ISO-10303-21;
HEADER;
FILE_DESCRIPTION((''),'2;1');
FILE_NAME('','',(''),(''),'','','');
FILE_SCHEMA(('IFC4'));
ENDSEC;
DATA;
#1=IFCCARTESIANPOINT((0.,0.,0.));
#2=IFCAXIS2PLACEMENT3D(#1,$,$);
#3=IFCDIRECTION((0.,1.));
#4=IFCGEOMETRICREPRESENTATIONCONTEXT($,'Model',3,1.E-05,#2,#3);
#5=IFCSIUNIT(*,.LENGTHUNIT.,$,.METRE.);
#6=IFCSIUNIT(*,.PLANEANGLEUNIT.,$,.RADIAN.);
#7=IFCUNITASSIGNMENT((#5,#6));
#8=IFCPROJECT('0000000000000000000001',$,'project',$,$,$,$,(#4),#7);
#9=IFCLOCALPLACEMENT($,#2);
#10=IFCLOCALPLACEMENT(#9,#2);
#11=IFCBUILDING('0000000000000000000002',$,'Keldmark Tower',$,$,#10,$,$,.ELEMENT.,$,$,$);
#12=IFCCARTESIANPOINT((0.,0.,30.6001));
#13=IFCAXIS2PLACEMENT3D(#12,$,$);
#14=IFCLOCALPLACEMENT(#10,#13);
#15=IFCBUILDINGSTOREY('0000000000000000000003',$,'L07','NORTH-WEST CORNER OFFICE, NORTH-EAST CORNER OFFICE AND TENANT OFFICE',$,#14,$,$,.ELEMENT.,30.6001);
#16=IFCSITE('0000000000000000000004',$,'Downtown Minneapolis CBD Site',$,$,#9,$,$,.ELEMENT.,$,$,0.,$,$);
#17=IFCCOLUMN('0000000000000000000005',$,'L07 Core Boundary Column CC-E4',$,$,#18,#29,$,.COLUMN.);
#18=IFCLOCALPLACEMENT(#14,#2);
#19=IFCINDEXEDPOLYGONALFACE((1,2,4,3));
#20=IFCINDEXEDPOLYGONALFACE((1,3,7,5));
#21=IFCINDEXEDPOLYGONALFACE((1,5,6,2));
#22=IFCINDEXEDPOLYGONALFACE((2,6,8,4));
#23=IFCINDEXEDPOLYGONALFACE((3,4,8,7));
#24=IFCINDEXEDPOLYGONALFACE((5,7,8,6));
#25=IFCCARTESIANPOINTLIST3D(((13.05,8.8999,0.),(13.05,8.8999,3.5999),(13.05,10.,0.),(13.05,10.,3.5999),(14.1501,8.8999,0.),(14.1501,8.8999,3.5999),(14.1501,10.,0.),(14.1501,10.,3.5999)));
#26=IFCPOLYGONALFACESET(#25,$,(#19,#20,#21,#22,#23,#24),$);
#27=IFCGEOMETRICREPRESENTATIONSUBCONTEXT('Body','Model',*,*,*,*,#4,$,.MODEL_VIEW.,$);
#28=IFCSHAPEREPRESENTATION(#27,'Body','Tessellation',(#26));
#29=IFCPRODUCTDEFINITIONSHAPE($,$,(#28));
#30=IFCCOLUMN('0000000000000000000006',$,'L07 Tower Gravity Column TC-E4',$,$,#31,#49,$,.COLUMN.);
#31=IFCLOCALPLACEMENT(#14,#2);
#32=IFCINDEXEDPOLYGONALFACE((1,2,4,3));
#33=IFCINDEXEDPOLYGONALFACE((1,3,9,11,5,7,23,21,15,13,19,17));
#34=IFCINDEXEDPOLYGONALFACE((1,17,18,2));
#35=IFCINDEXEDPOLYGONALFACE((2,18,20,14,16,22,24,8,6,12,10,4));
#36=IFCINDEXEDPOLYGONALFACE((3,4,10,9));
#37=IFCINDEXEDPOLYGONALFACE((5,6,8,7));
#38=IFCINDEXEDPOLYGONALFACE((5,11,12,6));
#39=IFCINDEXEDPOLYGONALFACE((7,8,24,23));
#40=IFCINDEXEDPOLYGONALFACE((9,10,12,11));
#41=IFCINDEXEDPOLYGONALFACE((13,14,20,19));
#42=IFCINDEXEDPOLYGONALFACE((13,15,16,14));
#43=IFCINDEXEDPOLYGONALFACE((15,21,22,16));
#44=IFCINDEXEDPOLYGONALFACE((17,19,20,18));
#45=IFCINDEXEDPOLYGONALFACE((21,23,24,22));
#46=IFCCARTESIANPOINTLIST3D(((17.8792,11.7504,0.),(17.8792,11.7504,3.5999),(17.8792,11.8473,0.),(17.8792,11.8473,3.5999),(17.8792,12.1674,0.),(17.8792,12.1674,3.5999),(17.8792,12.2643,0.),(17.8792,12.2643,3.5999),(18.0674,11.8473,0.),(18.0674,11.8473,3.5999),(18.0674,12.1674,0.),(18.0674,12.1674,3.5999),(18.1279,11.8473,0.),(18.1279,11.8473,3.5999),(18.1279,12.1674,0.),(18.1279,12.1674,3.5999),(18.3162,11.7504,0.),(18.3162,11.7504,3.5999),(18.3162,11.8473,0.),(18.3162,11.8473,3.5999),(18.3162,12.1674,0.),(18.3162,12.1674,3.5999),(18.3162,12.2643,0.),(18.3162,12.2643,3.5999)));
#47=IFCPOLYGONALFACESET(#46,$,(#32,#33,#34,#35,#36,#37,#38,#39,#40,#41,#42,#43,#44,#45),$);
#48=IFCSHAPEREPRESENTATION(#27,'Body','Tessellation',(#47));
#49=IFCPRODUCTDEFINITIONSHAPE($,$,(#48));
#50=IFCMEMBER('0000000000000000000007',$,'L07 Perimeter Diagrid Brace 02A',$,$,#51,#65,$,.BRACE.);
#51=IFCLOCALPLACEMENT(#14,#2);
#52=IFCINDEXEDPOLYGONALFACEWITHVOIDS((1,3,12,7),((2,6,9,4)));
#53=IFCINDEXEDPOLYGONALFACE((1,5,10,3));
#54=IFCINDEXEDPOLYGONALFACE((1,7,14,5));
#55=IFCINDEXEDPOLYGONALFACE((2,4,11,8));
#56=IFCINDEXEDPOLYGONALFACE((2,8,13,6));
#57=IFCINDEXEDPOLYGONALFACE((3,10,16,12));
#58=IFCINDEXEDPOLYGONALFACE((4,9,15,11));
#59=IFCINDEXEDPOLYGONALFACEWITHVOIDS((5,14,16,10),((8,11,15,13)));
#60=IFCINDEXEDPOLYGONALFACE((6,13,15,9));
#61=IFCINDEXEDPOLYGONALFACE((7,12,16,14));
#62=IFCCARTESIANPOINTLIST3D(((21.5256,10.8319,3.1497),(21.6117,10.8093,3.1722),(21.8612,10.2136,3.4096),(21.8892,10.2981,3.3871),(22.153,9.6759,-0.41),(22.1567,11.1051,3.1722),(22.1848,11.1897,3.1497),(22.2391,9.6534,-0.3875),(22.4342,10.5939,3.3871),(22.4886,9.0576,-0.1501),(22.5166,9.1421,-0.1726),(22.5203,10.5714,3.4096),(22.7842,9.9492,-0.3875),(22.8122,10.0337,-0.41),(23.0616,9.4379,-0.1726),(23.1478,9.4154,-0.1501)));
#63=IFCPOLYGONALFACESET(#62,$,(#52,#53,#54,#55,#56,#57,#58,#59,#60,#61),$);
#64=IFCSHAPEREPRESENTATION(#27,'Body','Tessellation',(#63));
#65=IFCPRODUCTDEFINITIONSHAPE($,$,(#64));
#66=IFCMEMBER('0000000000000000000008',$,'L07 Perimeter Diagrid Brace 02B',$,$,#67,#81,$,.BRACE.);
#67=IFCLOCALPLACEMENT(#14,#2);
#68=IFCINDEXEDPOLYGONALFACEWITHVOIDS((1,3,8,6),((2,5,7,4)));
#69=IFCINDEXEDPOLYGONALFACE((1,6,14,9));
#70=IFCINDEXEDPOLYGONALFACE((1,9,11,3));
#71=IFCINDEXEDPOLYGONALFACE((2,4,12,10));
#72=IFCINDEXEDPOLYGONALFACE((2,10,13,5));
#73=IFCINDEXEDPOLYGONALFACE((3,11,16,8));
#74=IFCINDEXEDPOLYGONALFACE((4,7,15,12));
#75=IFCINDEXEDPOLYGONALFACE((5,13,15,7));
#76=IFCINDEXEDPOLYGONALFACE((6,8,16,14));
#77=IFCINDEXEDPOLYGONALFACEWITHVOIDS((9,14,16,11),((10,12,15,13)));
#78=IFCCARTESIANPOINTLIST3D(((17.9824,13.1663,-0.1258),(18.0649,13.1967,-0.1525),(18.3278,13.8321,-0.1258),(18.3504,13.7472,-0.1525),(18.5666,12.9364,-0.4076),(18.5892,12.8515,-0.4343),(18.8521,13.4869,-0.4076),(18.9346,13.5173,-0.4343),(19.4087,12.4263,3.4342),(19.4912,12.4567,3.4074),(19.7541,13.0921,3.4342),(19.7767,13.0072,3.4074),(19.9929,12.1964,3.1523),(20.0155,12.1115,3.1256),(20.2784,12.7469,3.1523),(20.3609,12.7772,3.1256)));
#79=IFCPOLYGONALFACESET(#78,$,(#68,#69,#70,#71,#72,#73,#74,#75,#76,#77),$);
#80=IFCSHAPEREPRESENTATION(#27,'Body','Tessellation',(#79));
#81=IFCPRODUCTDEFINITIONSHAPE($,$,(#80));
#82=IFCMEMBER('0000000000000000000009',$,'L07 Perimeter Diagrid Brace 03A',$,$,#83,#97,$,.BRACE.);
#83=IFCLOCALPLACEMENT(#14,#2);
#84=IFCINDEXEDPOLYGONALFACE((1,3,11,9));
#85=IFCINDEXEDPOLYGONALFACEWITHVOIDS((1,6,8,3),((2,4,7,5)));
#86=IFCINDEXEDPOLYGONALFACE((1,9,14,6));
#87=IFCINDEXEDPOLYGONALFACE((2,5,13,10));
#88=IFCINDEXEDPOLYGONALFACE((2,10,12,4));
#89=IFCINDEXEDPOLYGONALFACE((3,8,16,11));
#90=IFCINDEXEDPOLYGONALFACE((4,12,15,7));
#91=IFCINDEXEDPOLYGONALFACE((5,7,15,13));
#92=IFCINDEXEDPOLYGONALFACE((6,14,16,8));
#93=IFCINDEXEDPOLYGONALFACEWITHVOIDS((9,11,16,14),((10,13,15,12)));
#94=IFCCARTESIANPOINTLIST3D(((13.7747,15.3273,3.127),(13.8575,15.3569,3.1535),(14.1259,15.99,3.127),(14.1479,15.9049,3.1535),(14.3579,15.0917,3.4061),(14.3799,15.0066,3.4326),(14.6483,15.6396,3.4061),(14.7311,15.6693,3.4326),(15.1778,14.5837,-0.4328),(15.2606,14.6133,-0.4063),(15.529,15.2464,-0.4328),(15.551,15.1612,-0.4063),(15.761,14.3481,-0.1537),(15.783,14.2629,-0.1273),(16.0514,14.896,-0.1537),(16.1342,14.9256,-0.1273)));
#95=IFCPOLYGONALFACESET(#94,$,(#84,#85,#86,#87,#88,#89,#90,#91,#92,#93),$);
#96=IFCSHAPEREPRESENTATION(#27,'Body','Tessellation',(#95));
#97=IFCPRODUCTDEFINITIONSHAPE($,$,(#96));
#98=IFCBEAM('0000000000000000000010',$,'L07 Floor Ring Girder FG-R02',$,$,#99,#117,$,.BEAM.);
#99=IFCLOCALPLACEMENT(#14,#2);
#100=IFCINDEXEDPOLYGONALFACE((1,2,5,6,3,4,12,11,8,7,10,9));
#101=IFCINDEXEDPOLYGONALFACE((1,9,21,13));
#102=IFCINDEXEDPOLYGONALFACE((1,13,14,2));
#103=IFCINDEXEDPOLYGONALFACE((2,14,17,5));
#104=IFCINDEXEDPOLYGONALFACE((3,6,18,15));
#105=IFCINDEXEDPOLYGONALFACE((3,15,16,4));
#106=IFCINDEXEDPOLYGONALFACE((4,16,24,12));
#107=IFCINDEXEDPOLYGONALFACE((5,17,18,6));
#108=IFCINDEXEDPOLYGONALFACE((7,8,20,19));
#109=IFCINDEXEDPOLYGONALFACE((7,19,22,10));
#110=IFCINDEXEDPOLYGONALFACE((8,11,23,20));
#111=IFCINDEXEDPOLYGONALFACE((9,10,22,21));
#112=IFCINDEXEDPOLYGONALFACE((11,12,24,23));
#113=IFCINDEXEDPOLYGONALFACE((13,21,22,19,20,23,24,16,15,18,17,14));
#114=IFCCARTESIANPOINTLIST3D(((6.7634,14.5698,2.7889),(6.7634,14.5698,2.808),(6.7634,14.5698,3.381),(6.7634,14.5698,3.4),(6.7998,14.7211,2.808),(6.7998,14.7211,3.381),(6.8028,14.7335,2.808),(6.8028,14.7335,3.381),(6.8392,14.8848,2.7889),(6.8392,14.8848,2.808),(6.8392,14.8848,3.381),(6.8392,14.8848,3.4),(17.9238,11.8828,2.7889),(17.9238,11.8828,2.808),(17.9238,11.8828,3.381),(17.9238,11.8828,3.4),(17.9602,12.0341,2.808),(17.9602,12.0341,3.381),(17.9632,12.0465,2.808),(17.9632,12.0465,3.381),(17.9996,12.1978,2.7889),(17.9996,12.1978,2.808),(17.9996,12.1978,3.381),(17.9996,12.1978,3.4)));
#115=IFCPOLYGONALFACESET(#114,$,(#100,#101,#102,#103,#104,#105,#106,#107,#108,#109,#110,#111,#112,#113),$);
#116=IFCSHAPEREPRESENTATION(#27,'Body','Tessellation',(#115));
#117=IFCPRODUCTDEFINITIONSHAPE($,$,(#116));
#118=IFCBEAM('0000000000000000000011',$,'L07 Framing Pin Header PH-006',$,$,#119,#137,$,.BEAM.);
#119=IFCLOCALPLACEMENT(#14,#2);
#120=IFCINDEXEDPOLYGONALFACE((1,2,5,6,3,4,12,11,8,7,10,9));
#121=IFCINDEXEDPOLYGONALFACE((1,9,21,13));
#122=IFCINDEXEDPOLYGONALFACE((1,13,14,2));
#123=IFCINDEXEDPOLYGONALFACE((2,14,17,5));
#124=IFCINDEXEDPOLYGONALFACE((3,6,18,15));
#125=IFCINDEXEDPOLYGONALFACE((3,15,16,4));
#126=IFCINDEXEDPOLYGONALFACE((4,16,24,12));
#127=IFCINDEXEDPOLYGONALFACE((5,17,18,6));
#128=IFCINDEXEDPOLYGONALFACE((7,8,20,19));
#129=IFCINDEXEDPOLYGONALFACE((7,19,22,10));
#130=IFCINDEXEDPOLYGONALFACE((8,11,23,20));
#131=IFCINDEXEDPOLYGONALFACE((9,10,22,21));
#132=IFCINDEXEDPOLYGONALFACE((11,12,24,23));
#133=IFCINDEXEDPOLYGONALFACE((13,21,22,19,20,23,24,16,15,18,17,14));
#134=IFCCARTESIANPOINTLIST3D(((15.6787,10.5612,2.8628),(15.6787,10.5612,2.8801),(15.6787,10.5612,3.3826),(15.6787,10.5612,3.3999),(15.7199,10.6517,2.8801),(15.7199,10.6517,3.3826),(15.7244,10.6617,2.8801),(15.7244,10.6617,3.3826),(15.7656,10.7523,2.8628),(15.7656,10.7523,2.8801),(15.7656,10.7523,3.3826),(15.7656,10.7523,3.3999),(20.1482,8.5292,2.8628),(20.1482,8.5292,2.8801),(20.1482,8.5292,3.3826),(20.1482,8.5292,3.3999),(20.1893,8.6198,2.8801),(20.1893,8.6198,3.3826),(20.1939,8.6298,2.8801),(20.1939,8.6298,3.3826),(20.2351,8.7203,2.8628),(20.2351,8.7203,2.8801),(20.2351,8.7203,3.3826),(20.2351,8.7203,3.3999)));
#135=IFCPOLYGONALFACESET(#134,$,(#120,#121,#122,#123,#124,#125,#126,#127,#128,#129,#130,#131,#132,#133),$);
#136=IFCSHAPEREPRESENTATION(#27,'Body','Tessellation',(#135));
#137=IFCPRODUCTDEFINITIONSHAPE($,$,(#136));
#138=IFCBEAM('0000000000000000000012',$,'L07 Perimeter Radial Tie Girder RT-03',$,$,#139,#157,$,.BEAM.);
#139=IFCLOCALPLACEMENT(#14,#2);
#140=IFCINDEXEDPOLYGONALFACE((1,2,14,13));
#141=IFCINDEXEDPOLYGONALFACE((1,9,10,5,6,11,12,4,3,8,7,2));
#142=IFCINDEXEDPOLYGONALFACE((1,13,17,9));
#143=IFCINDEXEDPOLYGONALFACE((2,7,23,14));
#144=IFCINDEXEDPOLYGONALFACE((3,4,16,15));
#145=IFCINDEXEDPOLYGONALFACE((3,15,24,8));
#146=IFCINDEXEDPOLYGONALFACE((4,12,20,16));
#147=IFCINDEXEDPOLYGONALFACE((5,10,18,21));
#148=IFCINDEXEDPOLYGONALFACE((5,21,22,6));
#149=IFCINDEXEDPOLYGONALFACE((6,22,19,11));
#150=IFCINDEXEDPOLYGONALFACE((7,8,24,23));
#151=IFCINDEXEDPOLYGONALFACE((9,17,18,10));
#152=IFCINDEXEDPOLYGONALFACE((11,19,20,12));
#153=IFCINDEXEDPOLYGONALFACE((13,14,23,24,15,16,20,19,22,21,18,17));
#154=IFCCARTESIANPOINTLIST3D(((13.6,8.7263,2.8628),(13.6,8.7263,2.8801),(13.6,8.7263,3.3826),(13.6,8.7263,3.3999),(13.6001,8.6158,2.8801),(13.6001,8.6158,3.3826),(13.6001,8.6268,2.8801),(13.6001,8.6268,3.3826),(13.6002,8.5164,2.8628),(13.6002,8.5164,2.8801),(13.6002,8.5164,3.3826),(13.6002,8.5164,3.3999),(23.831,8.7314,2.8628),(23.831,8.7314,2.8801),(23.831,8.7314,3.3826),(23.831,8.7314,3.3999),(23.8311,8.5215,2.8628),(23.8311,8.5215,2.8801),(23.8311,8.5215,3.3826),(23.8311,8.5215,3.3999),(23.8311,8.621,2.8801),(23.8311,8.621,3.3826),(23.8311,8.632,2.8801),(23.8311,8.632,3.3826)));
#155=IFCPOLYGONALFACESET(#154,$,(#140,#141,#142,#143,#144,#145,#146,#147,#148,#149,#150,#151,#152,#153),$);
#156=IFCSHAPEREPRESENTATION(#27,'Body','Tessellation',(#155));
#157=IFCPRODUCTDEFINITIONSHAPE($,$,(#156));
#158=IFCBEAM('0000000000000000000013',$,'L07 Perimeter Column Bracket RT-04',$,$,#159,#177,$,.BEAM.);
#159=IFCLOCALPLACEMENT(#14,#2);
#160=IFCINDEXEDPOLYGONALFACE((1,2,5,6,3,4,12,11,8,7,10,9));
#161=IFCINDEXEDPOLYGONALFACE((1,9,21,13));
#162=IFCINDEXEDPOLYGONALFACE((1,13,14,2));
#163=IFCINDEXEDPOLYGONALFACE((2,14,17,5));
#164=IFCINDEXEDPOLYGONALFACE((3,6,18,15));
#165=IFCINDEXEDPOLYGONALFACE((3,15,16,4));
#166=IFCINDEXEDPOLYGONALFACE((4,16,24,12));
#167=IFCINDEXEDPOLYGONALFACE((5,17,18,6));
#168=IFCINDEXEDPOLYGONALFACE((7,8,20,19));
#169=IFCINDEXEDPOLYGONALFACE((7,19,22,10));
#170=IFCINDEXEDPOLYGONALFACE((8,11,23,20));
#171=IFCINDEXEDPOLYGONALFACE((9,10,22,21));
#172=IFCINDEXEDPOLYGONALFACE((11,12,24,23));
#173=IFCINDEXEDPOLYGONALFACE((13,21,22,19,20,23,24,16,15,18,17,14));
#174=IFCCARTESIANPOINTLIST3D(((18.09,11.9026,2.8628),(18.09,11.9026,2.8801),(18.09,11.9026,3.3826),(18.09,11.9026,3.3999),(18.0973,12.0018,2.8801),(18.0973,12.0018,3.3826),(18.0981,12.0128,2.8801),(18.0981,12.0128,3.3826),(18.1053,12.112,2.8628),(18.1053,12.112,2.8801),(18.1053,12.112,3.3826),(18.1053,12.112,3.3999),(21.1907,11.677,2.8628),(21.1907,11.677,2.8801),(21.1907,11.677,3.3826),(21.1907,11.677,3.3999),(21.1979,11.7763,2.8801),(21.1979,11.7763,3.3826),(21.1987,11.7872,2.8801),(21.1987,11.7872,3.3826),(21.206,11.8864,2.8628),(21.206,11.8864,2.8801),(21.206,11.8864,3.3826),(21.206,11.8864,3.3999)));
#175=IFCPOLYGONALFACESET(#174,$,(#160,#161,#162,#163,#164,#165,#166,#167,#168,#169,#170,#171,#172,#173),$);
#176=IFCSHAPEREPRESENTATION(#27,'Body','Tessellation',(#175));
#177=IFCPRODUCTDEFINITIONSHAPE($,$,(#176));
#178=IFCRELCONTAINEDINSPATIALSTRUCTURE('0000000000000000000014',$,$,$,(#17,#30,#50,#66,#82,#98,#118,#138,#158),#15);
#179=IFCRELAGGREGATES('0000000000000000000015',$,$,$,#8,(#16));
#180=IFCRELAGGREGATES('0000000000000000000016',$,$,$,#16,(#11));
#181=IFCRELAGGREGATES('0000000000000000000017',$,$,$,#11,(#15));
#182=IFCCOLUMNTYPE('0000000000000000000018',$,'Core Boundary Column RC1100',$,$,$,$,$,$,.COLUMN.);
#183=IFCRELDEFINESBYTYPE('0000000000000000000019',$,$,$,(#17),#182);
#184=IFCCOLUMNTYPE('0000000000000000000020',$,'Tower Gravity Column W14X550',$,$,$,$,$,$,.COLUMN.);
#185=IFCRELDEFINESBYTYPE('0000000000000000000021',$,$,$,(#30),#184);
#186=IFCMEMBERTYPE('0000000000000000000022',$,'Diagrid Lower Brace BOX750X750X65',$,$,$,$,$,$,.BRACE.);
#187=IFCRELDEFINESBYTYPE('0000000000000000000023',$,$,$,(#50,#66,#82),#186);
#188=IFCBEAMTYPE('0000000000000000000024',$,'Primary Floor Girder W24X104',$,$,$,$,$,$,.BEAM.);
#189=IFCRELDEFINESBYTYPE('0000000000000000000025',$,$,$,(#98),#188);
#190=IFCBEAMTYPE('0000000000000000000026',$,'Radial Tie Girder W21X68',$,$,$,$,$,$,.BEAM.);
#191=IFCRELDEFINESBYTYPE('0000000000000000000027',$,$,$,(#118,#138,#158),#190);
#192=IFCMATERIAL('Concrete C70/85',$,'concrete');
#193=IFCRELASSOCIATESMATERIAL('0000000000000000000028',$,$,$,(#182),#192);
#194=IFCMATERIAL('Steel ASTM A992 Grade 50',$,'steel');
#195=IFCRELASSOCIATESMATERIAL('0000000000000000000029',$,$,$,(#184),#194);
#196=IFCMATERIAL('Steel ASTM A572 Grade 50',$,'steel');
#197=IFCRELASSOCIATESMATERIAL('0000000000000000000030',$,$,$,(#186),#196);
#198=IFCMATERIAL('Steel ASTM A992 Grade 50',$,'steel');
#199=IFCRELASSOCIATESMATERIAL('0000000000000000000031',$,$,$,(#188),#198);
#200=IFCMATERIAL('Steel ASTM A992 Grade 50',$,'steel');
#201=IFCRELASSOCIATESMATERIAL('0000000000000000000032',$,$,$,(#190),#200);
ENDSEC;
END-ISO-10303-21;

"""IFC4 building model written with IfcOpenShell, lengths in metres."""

from ifc_helpers import new_model, si_unit, direction, frame, origin, origin_2d, place, context, subcontext, project, spatial, rectangle, hollow_rectangle, i_section, extrude, material, material_profile, profile_set, type_object, element, save


model = new_model("IFC4")

# Units and contexts
model_context = context("Model", 3, precision=1e-05, world=origin(), true_north=direction((0.0, 1.0)))
body_context = subcontext(model_context, "Body", "Model", "MODEL_VIEW")
ifc_project = project(units=[si_unit("LENGTHUNIT", "METRE"), si_unit("PLANEANGLEUNIT", "RADIAN")], contexts=[model_context])

# Site, building, storey
site_placement = place(None, origin())
site = spatial("IfcSite", under=ifc_project, at=site_placement, Name="Downtown Minneapolis CBD Site", CompositionType="ELEMENT", RefElevation=0.0)
building_placement = place(site_placement, origin())
building = spatial("IfcBuilding", under=site, at=building_placement, Name="Keldmark Tower", CompositionType="ELEMENT")
storey_placement = place(building_placement, frame((0.0, 0.0, 30.6001)))
storey = spatial("IfcBuildingStorey", under=building, at=storey_placement, Name="L07", Description="NORTH-WEST CORNER OFFICE, NORTH-EAST CORNER OFFICE AND TENANT OFFICE", CompositionType="ELEMENT", Elevation=30.6001)

# Columns
ifc_material_1 = material(Name="Concrete C70/85", Category="concrete")
ifc_material_profile_1 = material_profile(ifc_material_1, rectangle(XDim=1.1001, YDim=1.1001, at=origin_2d()), Name="RC1100X1100")
ifc_profile_set_1 = profile_set([ifc_material_profile_1], Name="Concrete C70/85")
column_type_1 = type_object("IfcColumnType", Name="Core Boundary Column RC1100", PredefinedType="COLUMN", material=ifc_profile_set_1)
column_1_placement = place(storey_placement, frame((13.6001, 9.45, 0.0), z_axis=(0.0, 0.0, 1.0), x_axis=(1.0, 0.0, 0.0)))
element("IfcColumn", 1, at=column_1_placement, inside=storey, type_object=column_type_1, Name="L07 Core Boundary Column CC-E4", PredefinedType="COLUMN", context=body_context, shape_type="SweptSolid", body=[
    extrude(rectangle(XDim=1.1001, YDim=1.1001, at=origin_2d()), origin(), (0.0, 0.0, 1.0), 3.5999),
])
ifc_material_2 = material(Name="Steel ASTM A992 Grade 50", Category="steel")
ifc_material_profile_2 = material_profile(ifc_material_2, i_section(OverallWidth=0.437, OverallDepth=0.5139, WebThickness=0.0605, FlangeThickness=0.0969, at=origin_2d()), Name="W14X550")
ifc_profile_set_2 = profile_set([ifc_material_profile_2], Name="Steel ASTM A992 Grade 50")
column_type_2 = type_object("IfcColumnType", Name="Tower Gravity Column W14X550", PredefinedType="COLUMN", material=ifc_profile_set_2)
column_2_placement = place(storey_placement, frame((18.0977, 12.0073, 0.0), z_axis=(0.0, 0.0, 1.0), x_axis=(1.0, 0.0, 0.0)))
element("IfcColumn", 2, at=column_2_placement, inside=storey, type_object=column_type_2, Name="L07 Tower Gravity Column TC-E4", PredefinedType="COLUMN", context=body_context, shape_type="SweptSolid", body=[
    extrude(i_section(OverallWidth=0.437, OverallDepth=0.5139, WebThickness=0.0605, FlangeThickness=0.0969, at=origin_2d()), origin(), (0.0, 0.0, 1.0), 3.5999),
])

# Members
ifc_material_3 = material(Name="Steel ASTM A572 Grade 50", Category="steel")
ifc_material_profile_3 = material_profile(ifc_material_3, hollow_rectangle(XDim=0.75, YDim=0.75, WallThickness=0.0649, at=origin_2d()), Name="BOX750X750X65")
ifc_profile_set_3 = profile_set([ifc_material_profile_3], Name="Steel ASTM A572 Grade 50")
member_type = type_object("IfcMemberType", Name="Diagrid Lower Brace BOX750X750X65", PredefinedType="BRACE", material=ifc_profile_set_3)
member_1_placement = place(storey_placement, frame((22.6504, 9.5457, -0.28), z_axis=(-0.165332, 0.30461, 0.938018), x_axis=(-0.878887, -0.47703, 0.0)))
element("IfcMember", 3, at=member_1_placement, inside=storey, type_object=member_type, Name="L07 Perimeter Diagrid Brace 02A", PredefinedType="BRACE", context=body_context, shape_type="SweptSolid", body=[
    extrude(hollow_rectangle(XDim=0.75, YDim=0.75, WallThickness=0.0649, at=origin_2d()), origin(), (0.0, 0.0, 1.0), 3.7949),
])
member_2_placement = place(storey_placement, frame((18.4585, 13.3418, -0.28), z_axis=(0.365181, -0.189467, 0.911452), x_axis=(0.460534, 0.887642, 0.0)))
element("IfcMember", 4, at=member_2_placement, inside=storey, type_object=member_type, Name="L07 Perimeter Diagrid Brace 02B", PredefinedType="BRACE", context=body_context, shape_type="SweptSolid", body=[
    extrude(hollow_rectangle(XDim=0.75, YDim=0.75, WallThickness=0.0649, at=origin_2d()), origin(), (0.0, 0.0, 1.0), 3.9058),
])
member_3_placement = place(storey_placement, frame((15.656, 14.7546, -0.28), z_axis=(-0.359953, 0.190781, 0.913256), x_axis=(-0.468304, -0.883567, 0.0)))
element("IfcMember", 5, at=member_3_placement, inside=storey, type_object=member_type, Name="L07 Perimeter Diagrid Brace 03A", PredefinedType="BRACE", context=body_context, shape_type="SweptSolid", body=[
    extrude(hollow_rectangle(XDim=0.75, YDim=0.75, WallThickness=0.0649, at=origin_2d()), origin(), (0.0, 0.0, 1.0), 3.8979),
])

# Beams
ifc_material_4 = material(Name="Steel ASTM A992 Grade 50", Category="steel")
ifc_material_profile_4 = material_profile(ifc_material_4, i_section(OverallWidth=0.324, OverallDepth=0.6111, WebThickness=0.0127, FlangeThickness=0.019, at=origin_2d()), Name="W24X104")
ifc_profile_set_4 = profile_set([ifc_material_profile_4], Name="Steel ASTM A992 Grade 50")
beam_type_1 = type_object("IfcBeamType", Name="Primary Floor Girder W24X104", PredefinedType="BEAM", material=ifc_profile_set_4)
beam_1_placement = place(storey_placement, frame((17.9617, 12.0403, 3.0945), z_axis=(-0.972219, 0.234074, 0.0), x_axis=(-0.234074, -0.972219, 0.0)))
element("IfcBeam", 6, at=beam_1_placement, inside=storey, type_object=beam_type_1, Name="L07 Floor Ring Girder FG-R02", PredefinedType="BEAM", context=body_context, shape_type="SweptSolid", body=[
    extrude(i_section(OverallWidth=0.324, OverallDepth=0.6111, WebThickness=0.0127, FlangeThickness=0.019, at=origin_2d()), origin(), (0.0, 0.0, 1.0), 11.4792),
])
ifc_material_5 = material(Name="Steel ASTM A992 Grade 50", Category="steel")
ifc_material_profile_5 = material_profile(ifc_material_5, i_section(OverallWidth=0.21, OverallDepth=0.5371, WebThickness=0.011, FlangeThickness=0.0173, at=origin_2d()), Name="W21X68")
ifc_profile_set_5 = profile_set([ifc_material_profile_5], Name="Steel ASTM A992 Grade 50")
beam_type_2 = type_object("IfcBeamType", Name="Radial Tie Girder W21X68", PredefinedType="BEAM", material=ifc_profile_set_5)
beam_2_placement = place(storey_placement, frame((15.7222, 10.6567, 3.1313), z_axis=(0.910336, -0.41387, 0.0), x_axis=(0.41387, 0.910336, 0.0)))
element("IfcBeam", 7, at=beam_2_placement, inside=storey, type_object=beam_type_2, Name="L07 Framing Pin Header PH-006", PredefinedType="BEAM", context=body_context, shape_type="SweptSolid", body=[
    extrude(i_section(OverallWidth=0.21, OverallDepth=0.5371, WebThickness=0.011, FlangeThickness=0.0173, at=origin_2d()), origin(), (0.0, 0.0, 1.0), 4.9097),
])
beam_3_placement = place(storey_placement, frame((13.6001, 8.6213, 3.1313), z_axis=(1.0, 0.000501, 0.0), x_axis=(-0.000501, 1.0, 0.0)))
element("IfcBeam", 8, at=beam_3_placement, inside=storey, type_object=beam_type_2, Name="L07 Perimeter Radial Tie Girder RT-03", PredefinedType="BEAM", context=body_context, shape_type="SweptSolid", body=[
    extrude(i_section(OverallWidth=0.21, OverallDepth=0.5371, WebThickness=0.011, FlangeThickness=0.0173, at=origin_2d()), origin(), (0.0, 0.0, 1.0), 10.231),
])
beam_4_placement = place(storey_placement, frame((18.0977, 12.0073, 3.1313), z_axis=(0.997364, -0.072564, 0.0), x_axis=(0.072564, 0.997364, 0.0)))
element("IfcBeam", 9, at=beam_4_placement, inside=storey, type_object=beam_type_2, Name="L07 Perimeter Column Bracket RT-04", PredefinedType="BEAM", context=body_context, shape_type="SweptSolid", body=[
    extrude(i_section(OverallWidth=0.21, OverallDepth=0.5371, WebThickness=0.011, FlangeThickness=0.0173, at=origin_2d()), origin(), (0.0, 0.0, 1.0), 3.1089),
])

save(model, "model.ifc")
